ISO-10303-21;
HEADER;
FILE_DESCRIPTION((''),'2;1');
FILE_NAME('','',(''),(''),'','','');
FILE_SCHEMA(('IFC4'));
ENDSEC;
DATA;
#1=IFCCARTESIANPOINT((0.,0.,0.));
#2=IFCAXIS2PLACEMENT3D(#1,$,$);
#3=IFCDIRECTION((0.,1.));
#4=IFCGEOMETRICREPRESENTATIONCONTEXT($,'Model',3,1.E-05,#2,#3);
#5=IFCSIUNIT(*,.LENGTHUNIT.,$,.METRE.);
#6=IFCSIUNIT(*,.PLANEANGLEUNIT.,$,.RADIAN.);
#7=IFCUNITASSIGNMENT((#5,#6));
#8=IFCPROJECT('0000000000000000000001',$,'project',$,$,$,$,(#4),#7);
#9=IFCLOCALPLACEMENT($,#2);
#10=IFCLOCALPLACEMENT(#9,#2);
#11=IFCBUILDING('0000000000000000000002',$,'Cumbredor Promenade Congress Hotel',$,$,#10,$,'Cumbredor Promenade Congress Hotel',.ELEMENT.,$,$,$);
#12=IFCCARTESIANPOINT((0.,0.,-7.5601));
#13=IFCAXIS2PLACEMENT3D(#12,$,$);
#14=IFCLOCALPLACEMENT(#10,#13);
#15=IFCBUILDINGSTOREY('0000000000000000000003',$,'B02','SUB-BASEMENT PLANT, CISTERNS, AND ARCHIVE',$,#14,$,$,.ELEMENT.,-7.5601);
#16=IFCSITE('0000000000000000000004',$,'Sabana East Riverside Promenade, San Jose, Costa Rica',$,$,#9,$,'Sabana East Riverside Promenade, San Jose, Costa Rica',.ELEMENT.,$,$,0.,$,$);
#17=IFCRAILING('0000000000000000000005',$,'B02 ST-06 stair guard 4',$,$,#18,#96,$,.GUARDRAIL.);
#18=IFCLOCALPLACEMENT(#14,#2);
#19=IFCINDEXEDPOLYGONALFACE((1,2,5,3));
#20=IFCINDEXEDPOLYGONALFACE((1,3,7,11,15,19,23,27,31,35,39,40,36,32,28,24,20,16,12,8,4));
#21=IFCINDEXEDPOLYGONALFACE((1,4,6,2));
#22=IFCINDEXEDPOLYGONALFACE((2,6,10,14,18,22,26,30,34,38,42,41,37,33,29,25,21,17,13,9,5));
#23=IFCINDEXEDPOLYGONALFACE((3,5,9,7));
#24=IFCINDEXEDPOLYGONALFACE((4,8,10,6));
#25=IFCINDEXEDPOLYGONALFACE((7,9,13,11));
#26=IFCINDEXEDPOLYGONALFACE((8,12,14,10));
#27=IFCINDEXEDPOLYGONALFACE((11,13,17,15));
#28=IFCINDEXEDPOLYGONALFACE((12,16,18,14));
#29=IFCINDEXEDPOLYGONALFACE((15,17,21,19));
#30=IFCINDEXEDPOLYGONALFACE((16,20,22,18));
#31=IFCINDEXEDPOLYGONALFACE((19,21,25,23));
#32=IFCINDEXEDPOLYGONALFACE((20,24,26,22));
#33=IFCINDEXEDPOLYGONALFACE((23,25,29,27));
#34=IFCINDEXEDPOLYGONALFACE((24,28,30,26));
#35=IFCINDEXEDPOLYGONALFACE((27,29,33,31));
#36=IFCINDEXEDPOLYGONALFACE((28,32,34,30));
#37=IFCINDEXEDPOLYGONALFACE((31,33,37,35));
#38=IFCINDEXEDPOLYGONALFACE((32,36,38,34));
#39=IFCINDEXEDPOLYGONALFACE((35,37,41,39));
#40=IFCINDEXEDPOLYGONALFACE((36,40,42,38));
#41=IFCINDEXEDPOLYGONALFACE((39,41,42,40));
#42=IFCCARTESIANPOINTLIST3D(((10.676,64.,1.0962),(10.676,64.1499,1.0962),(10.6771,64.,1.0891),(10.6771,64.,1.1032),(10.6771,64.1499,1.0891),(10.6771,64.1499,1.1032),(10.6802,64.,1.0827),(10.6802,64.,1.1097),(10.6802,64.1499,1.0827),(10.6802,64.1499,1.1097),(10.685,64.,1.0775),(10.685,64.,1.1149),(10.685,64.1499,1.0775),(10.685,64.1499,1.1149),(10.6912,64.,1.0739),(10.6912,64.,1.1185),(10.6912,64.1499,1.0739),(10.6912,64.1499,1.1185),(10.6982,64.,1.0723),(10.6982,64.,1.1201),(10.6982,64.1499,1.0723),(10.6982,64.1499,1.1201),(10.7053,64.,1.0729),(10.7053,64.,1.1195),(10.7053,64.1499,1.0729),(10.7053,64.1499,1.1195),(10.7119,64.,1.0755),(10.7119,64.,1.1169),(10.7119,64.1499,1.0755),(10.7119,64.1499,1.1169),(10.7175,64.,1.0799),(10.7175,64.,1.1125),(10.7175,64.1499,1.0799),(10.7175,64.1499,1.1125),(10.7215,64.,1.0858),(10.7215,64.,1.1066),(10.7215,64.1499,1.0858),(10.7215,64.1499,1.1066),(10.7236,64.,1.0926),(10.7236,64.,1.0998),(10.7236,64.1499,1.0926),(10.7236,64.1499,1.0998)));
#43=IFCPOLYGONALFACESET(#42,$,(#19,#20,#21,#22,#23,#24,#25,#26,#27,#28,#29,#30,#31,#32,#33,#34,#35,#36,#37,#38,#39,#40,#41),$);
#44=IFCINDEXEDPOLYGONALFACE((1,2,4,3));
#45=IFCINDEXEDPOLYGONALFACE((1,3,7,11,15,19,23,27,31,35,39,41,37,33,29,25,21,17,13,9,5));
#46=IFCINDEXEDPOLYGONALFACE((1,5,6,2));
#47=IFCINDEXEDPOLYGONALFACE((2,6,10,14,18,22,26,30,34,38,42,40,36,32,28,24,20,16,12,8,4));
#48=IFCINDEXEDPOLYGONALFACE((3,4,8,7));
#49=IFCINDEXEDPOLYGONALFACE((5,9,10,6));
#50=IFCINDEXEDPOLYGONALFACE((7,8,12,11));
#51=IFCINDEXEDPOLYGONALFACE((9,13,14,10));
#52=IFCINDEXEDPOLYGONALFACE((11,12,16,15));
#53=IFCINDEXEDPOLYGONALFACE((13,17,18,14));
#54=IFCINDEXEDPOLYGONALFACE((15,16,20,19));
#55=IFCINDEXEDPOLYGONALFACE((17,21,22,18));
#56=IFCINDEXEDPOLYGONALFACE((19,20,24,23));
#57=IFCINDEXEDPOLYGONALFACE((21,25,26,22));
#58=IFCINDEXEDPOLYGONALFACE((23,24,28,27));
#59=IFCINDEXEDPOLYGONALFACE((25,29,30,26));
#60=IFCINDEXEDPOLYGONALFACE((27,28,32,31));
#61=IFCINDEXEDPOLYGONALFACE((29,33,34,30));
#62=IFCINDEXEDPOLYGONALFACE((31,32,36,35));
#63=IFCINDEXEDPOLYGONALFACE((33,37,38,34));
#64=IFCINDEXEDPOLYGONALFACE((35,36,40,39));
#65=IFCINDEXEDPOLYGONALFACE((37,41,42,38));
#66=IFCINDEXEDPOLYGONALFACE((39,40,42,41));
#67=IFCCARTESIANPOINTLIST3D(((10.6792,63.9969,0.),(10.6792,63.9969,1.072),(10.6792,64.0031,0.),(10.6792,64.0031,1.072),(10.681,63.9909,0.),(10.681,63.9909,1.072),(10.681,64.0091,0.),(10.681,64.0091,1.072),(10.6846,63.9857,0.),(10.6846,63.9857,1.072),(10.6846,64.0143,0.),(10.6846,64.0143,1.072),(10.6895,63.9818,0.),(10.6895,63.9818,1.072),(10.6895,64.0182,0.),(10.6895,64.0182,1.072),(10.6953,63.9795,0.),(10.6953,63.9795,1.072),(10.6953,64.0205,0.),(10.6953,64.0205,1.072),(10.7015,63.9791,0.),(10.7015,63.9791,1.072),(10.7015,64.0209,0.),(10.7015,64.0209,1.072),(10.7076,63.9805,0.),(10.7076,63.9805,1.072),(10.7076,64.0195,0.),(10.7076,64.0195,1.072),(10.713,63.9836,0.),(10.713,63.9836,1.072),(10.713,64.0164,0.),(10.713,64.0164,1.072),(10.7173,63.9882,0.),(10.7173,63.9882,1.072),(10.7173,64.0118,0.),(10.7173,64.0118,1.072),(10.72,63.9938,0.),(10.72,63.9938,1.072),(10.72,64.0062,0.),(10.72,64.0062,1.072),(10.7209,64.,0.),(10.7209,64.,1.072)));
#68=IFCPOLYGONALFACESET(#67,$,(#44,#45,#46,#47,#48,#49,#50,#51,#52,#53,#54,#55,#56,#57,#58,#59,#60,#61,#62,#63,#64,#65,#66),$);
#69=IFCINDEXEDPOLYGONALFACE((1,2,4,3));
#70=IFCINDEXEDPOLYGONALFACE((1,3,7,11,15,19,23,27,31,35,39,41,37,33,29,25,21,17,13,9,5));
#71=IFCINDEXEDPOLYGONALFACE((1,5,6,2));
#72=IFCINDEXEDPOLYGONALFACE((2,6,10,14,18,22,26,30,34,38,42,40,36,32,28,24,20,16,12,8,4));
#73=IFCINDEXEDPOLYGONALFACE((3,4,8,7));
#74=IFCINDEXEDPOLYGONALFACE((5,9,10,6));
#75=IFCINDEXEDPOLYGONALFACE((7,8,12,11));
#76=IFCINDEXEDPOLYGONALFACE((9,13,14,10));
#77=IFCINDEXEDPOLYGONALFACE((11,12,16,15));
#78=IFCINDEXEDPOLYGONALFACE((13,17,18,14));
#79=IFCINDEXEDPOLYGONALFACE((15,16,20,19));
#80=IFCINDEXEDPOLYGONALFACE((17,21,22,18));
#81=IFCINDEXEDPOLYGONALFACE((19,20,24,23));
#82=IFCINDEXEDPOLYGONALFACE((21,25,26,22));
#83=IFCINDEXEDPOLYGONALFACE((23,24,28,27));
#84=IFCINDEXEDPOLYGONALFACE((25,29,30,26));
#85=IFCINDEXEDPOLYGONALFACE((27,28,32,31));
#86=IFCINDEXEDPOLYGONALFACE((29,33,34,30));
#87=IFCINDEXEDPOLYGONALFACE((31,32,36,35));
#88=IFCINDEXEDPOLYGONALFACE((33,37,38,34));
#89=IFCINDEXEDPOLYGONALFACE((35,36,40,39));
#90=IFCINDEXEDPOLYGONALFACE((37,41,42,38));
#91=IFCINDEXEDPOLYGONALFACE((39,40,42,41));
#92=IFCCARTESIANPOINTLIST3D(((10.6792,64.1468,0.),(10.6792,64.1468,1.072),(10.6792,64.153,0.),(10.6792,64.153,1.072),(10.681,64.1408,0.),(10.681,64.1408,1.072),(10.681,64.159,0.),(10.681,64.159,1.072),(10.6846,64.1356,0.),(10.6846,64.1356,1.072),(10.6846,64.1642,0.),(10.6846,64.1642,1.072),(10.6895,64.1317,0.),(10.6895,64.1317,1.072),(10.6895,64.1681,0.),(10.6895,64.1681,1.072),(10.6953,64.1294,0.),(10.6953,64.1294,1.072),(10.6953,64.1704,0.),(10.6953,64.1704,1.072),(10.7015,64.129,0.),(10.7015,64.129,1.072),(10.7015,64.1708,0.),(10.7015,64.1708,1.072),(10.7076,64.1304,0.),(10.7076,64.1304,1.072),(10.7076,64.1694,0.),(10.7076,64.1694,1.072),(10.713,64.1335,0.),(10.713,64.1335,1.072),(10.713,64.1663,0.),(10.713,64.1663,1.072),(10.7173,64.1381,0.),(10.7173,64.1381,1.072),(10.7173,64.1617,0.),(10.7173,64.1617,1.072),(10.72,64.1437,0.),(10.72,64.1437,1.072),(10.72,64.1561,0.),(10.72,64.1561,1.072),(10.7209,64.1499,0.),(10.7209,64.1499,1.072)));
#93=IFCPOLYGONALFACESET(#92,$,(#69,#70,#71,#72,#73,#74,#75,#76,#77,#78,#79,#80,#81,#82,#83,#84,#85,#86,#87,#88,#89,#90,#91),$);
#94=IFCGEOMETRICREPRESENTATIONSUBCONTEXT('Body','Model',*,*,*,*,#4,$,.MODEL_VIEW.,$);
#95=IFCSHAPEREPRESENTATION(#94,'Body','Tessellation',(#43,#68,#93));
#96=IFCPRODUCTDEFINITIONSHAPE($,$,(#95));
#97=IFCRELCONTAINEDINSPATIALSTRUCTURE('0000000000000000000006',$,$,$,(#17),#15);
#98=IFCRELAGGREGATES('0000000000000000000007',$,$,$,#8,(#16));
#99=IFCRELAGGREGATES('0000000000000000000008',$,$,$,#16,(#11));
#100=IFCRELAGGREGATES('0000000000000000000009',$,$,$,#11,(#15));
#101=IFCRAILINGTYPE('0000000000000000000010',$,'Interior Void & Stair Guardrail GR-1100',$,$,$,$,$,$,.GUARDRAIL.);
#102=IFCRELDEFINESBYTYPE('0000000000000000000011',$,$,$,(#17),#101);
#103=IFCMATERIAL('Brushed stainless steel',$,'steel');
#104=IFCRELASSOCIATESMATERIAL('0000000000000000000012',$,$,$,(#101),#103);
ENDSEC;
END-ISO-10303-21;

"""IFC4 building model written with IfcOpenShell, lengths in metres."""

from ifc_helpers import new_model, si_unit, direction, frame, origin, origin_2d, place, context, subcontext, project, spatial, circle, extrude, material, type_object, element, save


model = new_model("IFC4")

# Units and contexts
model_context = context("Model", 3, precision=1e-05, world=origin(), true_north=direction((0.0, 1.0)))
body_context = subcontext(model_context, "Body", "Model", "MODEL_VIEW")
ifc_project = project(units=[si_unit("LENGTHUNIT", "METRE"), si_unit("PLANEANGLEUNIT", "RADIAN")], contexts=[model_context])

# Site, building, storey
site_placement = place(None, origin())
site = spatial("IfcSite", under=ifc_project, at=site_placement, Name="Sabana East Riverside Promenade, San Jose, Costa Rica", LongName="Sabana East Riverside Promenade, San Jose, Costa Rica", CompositionType="ELEMENT", RefElevation=0.0)
building_placement = place(site_placement, origin())
building = spatial("IfcBuilding", under=site, at=building_placement, Name="Cumbredor Promenade Congress Hotel", LongName="Cumbredor Promenade Congress Hotel", CompositionType="ELEMENT")
storey_placement = place(building_placement, frame((0.0, 0.0, -7.5601)))
storey = spatial("IfcBuildingStorey", under=building, at=storey_placement, Name="B02", Description="SUB-BASEMENT PLANT, CISTERNS, AND ARCHIVE", CompositionType="ELEMENT", Elevation=-7.5601)

# Shared definitions
ifc_material_1 = material(Name="Brushed stainless steel", Category="steel")

# Railing
railing_type_1 = type_object("IfcRailingType", Name="Interior Void & Stair Guardrail GR-1100", PredefinedType="GUARDRAIL", material=ifc_material_1)
railing_1_placement = place(storey_placement, frame((10.7, 64.0, 0.0)))
element("IfcRailing", 1, at=railing_1_placement, inside=storey, type_object=railing_type_1, Name="B02 ST-06 stair guard 4", PredefinedType="GUARDRAIL", context=body_context, shape_type="SweptSolid", body=[
    extrude(circle(Radius=0.0239, at=origin_2d()), frame((0.0, 0.0, 1.0962), z_axis=(0.0, 1.0, 0.0), x_axis=(-1.0, 0.0, 0.0)), (0.0, 0.0, 1.0), 0.1499),
    extrude(circle(Radius=0.021, at=origin_2d()), origin(), (0.0, 0.0, 1.0), 1.072),
    extrude(circle(Radius=0.021, at=origin_2d()), frame((0.0, 0.1499, 0.0)), (0.0, 0.0, 1.0), 1.072),
])

save(model, "model.ifc")
